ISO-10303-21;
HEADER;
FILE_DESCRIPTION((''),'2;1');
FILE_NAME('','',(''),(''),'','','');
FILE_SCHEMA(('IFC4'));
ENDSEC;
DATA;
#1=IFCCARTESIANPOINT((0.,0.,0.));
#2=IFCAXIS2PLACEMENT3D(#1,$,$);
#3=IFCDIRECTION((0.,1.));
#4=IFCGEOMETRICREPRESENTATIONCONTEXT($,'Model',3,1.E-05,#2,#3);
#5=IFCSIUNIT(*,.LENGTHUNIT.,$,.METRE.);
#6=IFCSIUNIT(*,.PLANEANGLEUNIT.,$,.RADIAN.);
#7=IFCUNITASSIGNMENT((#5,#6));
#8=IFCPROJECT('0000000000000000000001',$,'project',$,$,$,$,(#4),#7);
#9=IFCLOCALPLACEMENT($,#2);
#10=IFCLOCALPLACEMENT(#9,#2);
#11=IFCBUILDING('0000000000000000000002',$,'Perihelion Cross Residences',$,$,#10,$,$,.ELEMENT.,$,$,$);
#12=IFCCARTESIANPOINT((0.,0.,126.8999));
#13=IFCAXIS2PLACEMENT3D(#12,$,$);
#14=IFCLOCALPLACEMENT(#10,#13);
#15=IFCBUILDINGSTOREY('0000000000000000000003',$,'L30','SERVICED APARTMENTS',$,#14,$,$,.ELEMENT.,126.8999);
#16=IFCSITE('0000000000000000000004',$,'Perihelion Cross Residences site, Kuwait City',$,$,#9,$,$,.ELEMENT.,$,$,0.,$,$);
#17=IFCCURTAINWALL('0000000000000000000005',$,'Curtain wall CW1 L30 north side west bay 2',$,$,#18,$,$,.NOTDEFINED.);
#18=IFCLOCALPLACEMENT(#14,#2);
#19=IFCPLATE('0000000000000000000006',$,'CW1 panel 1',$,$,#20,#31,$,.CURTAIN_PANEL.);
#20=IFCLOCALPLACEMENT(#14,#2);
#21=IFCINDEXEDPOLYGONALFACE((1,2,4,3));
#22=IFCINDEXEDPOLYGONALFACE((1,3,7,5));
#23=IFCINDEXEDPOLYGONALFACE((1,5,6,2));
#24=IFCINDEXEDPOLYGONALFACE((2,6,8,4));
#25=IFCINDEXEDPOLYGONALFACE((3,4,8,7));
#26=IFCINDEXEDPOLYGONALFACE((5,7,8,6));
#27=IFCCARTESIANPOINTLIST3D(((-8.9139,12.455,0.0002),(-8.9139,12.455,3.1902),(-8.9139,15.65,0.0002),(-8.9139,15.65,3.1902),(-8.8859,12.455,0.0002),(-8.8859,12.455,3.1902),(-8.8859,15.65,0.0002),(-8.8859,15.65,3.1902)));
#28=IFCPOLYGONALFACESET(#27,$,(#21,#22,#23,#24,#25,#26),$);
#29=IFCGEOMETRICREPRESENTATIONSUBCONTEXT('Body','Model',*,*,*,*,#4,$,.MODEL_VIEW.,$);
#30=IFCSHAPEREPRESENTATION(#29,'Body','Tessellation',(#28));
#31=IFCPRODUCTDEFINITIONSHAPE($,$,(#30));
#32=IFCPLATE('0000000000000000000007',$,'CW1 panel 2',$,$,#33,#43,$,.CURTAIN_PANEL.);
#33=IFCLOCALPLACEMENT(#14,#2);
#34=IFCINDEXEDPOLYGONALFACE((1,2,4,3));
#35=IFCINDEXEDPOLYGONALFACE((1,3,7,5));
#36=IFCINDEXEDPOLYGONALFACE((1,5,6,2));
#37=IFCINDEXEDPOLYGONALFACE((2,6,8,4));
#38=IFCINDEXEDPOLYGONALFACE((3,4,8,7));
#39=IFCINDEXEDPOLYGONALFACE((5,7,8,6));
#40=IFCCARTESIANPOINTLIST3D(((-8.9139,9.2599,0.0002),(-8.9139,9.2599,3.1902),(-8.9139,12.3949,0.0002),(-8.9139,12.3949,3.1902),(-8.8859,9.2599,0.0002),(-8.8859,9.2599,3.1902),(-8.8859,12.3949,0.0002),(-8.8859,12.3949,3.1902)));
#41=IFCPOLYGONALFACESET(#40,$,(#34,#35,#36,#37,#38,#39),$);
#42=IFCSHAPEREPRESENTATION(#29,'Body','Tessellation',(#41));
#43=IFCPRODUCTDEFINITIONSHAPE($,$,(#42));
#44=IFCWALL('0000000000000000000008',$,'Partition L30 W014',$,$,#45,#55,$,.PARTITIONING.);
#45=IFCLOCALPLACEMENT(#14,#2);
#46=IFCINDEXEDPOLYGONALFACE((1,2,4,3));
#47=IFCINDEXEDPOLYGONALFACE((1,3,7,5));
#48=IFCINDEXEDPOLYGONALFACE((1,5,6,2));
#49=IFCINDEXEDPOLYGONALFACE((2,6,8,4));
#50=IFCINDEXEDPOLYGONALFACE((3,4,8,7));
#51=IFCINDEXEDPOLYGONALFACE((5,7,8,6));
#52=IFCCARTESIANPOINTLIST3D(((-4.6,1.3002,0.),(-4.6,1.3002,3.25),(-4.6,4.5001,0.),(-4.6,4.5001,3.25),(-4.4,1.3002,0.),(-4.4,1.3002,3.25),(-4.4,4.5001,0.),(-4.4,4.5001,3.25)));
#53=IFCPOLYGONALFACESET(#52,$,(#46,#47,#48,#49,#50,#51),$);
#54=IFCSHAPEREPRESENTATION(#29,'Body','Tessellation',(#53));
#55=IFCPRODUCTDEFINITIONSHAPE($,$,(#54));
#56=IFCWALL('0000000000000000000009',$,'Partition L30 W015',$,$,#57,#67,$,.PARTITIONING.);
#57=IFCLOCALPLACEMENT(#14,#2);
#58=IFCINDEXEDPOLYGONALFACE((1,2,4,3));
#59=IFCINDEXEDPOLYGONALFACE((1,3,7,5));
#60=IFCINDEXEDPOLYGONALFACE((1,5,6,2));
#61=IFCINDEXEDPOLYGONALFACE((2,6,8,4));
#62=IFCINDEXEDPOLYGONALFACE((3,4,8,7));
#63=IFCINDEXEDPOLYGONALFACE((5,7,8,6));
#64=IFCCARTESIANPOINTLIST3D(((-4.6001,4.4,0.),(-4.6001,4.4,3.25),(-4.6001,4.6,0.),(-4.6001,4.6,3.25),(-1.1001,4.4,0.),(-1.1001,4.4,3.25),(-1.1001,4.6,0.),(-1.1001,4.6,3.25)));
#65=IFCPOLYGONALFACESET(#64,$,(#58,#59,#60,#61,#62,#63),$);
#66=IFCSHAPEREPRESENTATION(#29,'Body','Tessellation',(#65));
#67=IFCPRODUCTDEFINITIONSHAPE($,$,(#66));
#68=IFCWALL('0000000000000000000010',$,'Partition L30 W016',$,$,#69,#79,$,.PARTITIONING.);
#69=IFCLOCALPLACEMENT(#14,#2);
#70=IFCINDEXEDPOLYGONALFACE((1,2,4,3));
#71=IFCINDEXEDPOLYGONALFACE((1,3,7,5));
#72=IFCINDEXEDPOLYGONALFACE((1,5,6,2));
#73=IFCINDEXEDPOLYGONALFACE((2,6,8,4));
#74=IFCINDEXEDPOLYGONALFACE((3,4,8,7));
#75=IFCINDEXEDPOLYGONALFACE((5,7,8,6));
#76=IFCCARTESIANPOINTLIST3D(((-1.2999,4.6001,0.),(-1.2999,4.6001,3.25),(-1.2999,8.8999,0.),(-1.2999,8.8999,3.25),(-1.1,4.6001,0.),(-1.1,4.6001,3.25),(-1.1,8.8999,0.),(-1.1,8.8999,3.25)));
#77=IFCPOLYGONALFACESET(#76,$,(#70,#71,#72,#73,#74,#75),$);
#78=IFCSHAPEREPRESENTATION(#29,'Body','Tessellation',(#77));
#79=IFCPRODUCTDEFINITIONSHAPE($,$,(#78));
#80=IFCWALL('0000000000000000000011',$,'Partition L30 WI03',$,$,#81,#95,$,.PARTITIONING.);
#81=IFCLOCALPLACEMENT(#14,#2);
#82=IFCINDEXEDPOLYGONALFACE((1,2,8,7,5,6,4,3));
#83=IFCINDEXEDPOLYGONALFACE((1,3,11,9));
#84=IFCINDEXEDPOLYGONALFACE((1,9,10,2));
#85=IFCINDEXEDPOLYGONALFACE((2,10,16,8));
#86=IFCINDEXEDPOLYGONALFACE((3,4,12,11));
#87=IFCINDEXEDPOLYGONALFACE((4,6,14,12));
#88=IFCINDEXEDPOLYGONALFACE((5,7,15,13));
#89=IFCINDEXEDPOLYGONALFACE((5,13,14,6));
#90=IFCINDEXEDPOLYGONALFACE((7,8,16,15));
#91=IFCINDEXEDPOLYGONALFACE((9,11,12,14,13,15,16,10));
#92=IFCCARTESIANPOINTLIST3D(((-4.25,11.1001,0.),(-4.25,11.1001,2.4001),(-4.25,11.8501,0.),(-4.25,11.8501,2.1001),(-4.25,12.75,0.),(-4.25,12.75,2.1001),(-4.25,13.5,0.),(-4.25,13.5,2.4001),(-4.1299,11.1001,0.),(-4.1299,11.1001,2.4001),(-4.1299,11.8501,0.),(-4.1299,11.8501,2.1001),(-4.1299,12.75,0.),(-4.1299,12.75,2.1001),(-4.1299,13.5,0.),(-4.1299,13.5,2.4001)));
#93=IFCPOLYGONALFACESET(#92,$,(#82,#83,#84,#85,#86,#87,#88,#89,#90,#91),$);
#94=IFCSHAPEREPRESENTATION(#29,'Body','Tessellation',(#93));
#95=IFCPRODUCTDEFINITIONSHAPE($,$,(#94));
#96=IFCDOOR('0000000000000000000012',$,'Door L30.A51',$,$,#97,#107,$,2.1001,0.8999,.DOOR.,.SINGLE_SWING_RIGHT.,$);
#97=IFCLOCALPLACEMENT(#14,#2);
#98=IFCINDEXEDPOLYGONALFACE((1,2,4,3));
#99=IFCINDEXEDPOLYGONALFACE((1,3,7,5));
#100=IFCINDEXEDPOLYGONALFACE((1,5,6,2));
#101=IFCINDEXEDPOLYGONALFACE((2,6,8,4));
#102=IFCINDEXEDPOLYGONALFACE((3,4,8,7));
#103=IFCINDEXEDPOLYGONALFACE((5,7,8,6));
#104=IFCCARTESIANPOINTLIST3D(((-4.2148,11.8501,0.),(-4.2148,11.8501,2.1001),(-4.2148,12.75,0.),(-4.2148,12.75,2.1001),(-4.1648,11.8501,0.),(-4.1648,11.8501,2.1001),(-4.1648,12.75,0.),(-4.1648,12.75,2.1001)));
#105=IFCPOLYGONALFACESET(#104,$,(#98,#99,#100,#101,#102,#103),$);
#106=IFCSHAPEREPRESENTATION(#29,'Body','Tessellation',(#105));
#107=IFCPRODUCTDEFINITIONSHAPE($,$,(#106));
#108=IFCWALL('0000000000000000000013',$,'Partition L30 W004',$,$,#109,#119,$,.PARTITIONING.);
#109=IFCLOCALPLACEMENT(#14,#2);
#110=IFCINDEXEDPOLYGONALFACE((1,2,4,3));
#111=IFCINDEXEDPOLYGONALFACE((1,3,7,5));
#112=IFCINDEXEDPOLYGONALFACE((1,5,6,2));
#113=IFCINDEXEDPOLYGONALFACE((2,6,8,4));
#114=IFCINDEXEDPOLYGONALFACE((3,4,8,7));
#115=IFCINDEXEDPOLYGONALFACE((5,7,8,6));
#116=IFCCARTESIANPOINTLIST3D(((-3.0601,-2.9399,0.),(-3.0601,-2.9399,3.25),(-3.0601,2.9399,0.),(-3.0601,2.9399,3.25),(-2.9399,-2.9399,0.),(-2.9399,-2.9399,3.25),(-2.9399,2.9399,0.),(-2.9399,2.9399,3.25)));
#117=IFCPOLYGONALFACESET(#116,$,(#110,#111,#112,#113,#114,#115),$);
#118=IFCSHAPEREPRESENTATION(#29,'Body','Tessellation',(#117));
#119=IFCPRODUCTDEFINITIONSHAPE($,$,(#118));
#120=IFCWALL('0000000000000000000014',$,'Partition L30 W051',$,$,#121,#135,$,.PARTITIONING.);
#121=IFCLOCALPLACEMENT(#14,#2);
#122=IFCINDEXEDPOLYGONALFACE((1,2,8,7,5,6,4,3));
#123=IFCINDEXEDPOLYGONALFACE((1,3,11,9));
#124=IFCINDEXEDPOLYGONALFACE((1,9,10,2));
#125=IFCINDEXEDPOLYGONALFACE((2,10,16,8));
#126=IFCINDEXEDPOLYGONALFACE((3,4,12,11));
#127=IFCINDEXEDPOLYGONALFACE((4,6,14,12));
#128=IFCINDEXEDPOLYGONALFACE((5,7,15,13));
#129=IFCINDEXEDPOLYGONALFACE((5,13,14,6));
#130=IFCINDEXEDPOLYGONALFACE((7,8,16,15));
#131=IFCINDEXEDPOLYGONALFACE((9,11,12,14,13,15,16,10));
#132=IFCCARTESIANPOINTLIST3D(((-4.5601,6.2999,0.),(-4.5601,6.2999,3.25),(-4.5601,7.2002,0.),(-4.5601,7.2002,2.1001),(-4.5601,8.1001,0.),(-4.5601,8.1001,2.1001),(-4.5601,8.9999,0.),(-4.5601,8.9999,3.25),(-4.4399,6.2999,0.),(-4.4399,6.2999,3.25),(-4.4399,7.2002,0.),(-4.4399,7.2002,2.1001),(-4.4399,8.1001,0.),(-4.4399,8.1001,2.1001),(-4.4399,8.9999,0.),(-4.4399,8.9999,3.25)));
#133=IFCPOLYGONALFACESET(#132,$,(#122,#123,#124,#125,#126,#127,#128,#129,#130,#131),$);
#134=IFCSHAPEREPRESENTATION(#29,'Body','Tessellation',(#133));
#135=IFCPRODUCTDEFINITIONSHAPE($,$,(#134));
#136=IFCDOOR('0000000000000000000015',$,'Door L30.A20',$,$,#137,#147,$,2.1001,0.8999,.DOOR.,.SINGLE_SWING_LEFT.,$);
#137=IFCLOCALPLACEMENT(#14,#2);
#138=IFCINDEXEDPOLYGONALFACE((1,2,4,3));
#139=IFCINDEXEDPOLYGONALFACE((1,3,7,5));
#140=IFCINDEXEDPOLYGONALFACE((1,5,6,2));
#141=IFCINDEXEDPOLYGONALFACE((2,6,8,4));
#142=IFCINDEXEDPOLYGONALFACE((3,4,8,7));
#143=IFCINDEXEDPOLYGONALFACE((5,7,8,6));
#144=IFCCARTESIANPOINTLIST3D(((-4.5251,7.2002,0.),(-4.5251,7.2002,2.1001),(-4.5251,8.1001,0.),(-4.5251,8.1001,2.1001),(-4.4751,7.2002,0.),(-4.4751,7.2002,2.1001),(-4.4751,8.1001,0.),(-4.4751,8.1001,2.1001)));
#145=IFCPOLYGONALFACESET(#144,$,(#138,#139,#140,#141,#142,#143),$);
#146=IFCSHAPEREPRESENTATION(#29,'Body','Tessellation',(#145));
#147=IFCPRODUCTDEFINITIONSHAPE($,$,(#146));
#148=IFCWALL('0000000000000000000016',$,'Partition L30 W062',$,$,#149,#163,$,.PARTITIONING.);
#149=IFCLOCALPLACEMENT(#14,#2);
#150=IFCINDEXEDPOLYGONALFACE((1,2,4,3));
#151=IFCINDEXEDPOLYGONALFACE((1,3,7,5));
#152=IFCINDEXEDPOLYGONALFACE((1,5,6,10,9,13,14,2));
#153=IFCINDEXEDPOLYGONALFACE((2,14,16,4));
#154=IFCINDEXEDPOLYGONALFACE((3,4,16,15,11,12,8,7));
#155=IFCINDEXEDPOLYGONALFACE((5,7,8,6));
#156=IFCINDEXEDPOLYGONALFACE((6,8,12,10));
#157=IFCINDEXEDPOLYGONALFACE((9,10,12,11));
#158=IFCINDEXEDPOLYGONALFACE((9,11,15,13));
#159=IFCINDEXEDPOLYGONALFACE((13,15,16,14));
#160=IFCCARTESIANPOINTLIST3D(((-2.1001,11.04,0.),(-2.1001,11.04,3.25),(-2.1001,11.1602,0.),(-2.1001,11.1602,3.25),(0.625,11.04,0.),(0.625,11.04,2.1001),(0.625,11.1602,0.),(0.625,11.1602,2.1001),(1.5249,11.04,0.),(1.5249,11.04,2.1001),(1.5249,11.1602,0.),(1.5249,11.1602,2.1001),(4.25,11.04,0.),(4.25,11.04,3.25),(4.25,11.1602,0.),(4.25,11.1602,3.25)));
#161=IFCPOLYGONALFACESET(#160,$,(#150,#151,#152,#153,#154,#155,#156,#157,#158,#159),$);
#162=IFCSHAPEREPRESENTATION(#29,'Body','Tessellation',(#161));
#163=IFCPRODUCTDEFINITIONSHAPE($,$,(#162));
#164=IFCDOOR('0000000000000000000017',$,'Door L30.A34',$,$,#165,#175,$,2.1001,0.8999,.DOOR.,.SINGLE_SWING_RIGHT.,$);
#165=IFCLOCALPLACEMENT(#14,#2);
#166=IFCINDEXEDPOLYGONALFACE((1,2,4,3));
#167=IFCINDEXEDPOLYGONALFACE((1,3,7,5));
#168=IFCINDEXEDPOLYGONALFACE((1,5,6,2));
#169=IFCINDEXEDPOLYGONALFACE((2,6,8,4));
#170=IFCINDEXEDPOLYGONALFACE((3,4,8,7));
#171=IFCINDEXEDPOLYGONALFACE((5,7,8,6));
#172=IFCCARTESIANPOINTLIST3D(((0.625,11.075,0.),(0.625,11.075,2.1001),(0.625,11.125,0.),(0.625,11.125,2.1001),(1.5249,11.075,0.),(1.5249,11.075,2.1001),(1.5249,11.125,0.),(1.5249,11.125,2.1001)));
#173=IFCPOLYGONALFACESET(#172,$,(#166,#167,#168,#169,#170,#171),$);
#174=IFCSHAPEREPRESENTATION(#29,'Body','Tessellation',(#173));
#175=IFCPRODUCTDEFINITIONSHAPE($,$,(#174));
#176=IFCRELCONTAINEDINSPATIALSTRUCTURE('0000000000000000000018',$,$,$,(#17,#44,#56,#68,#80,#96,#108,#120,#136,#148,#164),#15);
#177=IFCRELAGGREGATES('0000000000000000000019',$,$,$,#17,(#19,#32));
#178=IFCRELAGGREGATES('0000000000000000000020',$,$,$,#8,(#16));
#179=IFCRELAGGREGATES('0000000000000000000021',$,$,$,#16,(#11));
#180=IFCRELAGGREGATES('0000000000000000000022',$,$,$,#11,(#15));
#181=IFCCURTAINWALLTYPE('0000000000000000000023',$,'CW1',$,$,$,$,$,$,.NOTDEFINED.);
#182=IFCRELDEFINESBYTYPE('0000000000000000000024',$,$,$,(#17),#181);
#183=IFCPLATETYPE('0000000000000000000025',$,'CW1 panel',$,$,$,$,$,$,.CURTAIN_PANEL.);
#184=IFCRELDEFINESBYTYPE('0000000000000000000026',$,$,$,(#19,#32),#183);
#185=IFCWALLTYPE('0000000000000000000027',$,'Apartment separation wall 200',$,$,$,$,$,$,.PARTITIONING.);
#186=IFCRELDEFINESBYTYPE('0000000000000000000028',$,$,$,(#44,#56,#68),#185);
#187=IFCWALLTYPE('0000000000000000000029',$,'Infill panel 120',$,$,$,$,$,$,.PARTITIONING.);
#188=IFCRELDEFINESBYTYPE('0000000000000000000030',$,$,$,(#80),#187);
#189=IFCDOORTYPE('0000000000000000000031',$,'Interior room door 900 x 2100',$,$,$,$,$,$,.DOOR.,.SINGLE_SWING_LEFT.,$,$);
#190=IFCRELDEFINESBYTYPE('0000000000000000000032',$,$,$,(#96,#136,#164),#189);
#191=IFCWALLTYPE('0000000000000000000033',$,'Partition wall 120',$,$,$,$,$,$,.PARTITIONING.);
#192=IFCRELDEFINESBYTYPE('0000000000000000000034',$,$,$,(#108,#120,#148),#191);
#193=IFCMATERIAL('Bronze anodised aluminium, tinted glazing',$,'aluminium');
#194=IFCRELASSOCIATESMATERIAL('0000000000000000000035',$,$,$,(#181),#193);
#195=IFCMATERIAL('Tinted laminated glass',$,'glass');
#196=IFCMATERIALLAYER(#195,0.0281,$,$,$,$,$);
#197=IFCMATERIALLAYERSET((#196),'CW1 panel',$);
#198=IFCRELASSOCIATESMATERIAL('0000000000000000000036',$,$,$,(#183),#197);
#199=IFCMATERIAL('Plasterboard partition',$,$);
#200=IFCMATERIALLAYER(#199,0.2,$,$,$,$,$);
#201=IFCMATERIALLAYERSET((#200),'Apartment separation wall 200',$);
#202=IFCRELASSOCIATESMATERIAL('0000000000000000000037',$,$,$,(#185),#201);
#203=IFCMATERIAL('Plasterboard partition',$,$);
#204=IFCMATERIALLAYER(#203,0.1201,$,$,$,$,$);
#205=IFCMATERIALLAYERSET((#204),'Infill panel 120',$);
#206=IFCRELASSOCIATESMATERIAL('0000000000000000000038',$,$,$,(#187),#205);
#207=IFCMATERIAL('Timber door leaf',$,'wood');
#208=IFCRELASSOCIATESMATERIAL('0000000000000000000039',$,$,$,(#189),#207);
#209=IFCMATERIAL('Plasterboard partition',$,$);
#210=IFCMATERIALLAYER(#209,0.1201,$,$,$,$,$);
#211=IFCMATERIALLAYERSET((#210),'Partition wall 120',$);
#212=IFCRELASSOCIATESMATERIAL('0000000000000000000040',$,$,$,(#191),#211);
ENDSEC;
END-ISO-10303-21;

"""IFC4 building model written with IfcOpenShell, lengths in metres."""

from ifc_helpers import new_model, si_unit, direction, frame, frame_2d, origin, origin_2d, place, context, subcontext, project, spatial, rectangle, extrude, material, layer, layer_set, type_object, element, fill, aggregate, save


model = new_model("IFC4")

# Units and contexts
model_context = context("Model", 3, precision=1e-05, world=origin(), true_north=direction((0.0, 1.0)))
body_context = subcontext(model_context, "Body", "Model", "MODEL_VIEW")
ifc_project = project(units=[si_unit("LENGTHUNIT", "METRE"), si_unit("PLANEANGLEUNIT", "RADIAN")], contexts=[model_context])

# Site, building, storey
site_placement = place(None, origin())
site = spatial("IfcSite", under=ifc_project, at=site_placement, Name="Perihelion Cross Residences site, Kuwait City", CompositionType="ELEMENT", RefElevation=0.0)
building_placement = place(site_placement, origin())
building = spatial("IfcBuilding", under=site, at=building_placement, Name="Perihelion Cross Residences", CompositionType="ELEMENT")
storey_placement = place(building_placement, frame((0.0, 0.0, 126.8999)))
storey = spatial("IfcBuildingStorey", under=building, at=storey_placement, Name="L30", Description="SERVICED APARTMENTS", CompositionType="ELEMENT", Elevation=126.8999)

# Curtain wall
ifc_material_1 = material(Name="Bronze anodised aluminium, tinted glazing", Category="aluminium")
curtain_wall_type = type_object("IfcCurtainWallType", Name="CW1", PredefinedType="NOTDEFINED", material=ifc_material_1)
curtain_wall_placement = place(storey_placement, origin())
curtain_wall = element("IfcCurtainWall", 1, at=curtain_wall_placement, inside=storey, type_object=curtain_wall_type, Name="Curtain wall CW1 L30 north side west bay 2", PredefinedType="NOTDEFINED")

# Plates
ifc_material_2 = material(Name="Tinted laminated glass", Category="glass")
ifc_layer_1 = layer(ifc_material_2, 0.0281)
ifc_layer_set_1 = layer_set([ifc_layer_1], Name="CW1 panel")
plate_type = type_object("IfcPlateType", Name="CW1 panel", PredefinedType="CURTAIN_PANEL", material=ifc_layer_set_1)
plate_1_placement = place(storey_placement, frame((-8.8999, 14.0525, 0.0002), z_axis=(0.0, 0.0, 1.0), x_axis=(0.0, -1.0, 0.0)))
plate_1 = element("IfcPlate", 2, at=plate_1_placement, type_object=plate_type, Name="CW1 panel 1", PredefinedType="CURTAIN_PANEL", context=body_context, shape_type="SweptSolid", body=[
    extrude(rectangle(XDim=3.1951, YDim=0.0281, at=origin_2d()), origin(), (0.0, 0.0, 1.0), 3.1899),
])
plate_2_placement = place(storey_placement, frame((-8.8999, 10.8274, 0.0002), z_axis=(0.0, 0.0, 1.0), x_axis=(0.0, -1.0, 0.0)))
plate_2 = element("IfcPlate", 3, at=plate_2_placement, type_object=plate_type, Name="CW1 panel 2", PredefinedType="CURTAIN_PANEL", context=body_context, shape_type="SweptSolid", body=[
    extrude(rectangle(XDim=3.135, YDim=0.0281, at=origin_2d()), origin(), (0.0, 0.0, 1.0), 3.1899),
])
aggregate(curtain_wall, [plate_1, plate_2])

# Walls
ifc_material_3 = material(Name="Plasterboard partition")
ifc_layer_2 = layer(ifc_material_3, 0.2)
ifc_layer_set_2 = layer_set([ifc_layer_2], Name="Apartment separation wall 200")
wall_type_1 = type_object("IfcWallType", Name="Apartment separation wall 200", PredefinedType="PARTITIONING", material=ifc_layer_set_2)
wall_1_placement = place(storey_placement, frame((-4.5, 1.3, 0.0), z_axis=(0.0, 0.0, 1.0), x_axis=(0.0, 1.0, 0.0)))
element("IfcWall", 4, at=wall_1_placement, inside=storey, type_object=wall_type_1, Name="Partition L30 W014", PredefinedType="PARTITIONING", context=body_context, shape_type="SweptSolid", body=[
    extrude(rectangle(XDim=3.2, YDim=0.2, at=frame_2d((1.6001, 0.0))), origin(), (0.0, 0.0, 1.0), 3.25),
])
wall_2_placement = place(storey_placement, frame((-4.6001, 4.5, 0.0), z_axis=(0.0, 0.0, 1.0), x_axis=(1.0, 0.0, 0.0)))
element("IfcWall", 5, at=wall_2_placement, inside=storey, type_object=wall_type_1, Name="Partition L30 W015", PredefinedType="PARTITIONING", context=body_context, shape_type="SweptSolid", body=[
    extrude(rectangle(XDim=3.5, YDim=0.2, at=frame_2d((1.75, 0.0))), origin(), (0.0, 0.0, 1.0), 3.25),
])
wall_3_placement = place(storey_placement, frame((-1.2, 4.6001, 0.0), z_axis=(0.0, 0.0, 1.0), x_axis=(0.0, 1.0, 0.0)))
element("IfcWall", 6, at=wall_3_placement, inside=storey, type_object=wall_type_1, Name="Partition L30 W016", PredefinedType="PARTITIONING", context=body_context, shape_type="SweptSolid", body=[
    extrude(rectangle(XDim=4.2998, YDim=0.2, at=frame_2d((2.1499, 0.0))), origin(), (0.0, 0.0, 1.0), 3.25),
])

# Wall, opening, door
ifc_material_4 = material(Name="Plasterboard partition")
ifc_layer_3 = layer(ifc_material_4, 0.1201)
ifc_layer_set_3 = layer_set([ifc_layer_3], Name="Infill panel 120")
wall_type_2 = type_object("IfcWallType", Name="Infill panel 120", PredefinedType="PARTITIONING", material=ifc_layer_set_3)
wall_4_placement = place(storey_placement, frame((-4.1899, 11.1001, 0.0), z_axis=(0.0, 0.0, 1.0), x_axis=(0.0, 1.0, 0.0)))
wall_4 = element("IfcWall", 7, at=wall_4_placement, inside=storey, type_object=wall_type_2, Name="Partition L30 WI03", PredefinedType="PARTITIONING", context=body_context, shape_type="SweptSolid", body=[
    extrude(rectangle(XDim=2.3999, YDim=0.1201, at=frame_2d((1.2, 0.0))), origin(), (0.0, 0.0, 1.0), 2.4001),
])
opening_1_placement = place(wall_4_placement, frame((0.75, 0.0, 0.0)))
opening_1 = element("IfcOpeningElement", 8, at=opening_1_placement, cuts=wall_4, PredefinedType="OPENING", context=body_context, shape_type="SweptSolid", body=[
    extrude(rectangle(XDim=0.8999, YDim=2.1001, at=frame_2d((0.45, 1.05))), frame((0.0, 0.0701, 0.0), z_axis=(0.0, -1.0, 0.0), x_axis=(1.0, 0.0, 0.0)), (0.0, 0.0, 1.0), 0.1401),
])
ifc_material_5 = material(Name="Timber door leaf", Category="wood")
door_type_1 = type_object("IfcDoorType", Name="Interior room door 900 x 2100", OperationType="SINGLE_SWING_LEFT", PredefinedType="DOOR", material=ifc_material_5)
door_1_placement = place(opening_1_placement, origin())
door_1 = element("IfcDoor", 9, at=door_1_placement, inside=storey, type_object=door_type_1, Name="Door L30.A51", OperationType="SINGLE_SWING_RIGHT", OverallHeight=2.1001, OverallWidth=0.8999, PredefinedType="DOOR", context=body_context, shape_type="SweptSolid", body=[
    extrude(rectangle(XDim=0.8999, YDim=2.1001, at=frame_2d((0.45, 1.05))), frame((0.0, 0.0249, 0.0), z_axis=(0.0, -1.0, 0.0), x_axis=(1.0, 0.0, 0.0)), (0.0, 0.0, 1.0), 0.05),
])
fill(opening_1, door_1)

# Wall
ifc_material_6 = material(Name="Plasterboard partition")
ifc_layer_4 = layer(ifc_material_6, 0.1201)
ifc_layer_set_4 = layer_set([ifc_layer_4], Name="Partition wall 120")
wall_type_3 = type_object("IfcWallType", Name="Partition wall 120", PredefinedType="PARTITIONING", material=ifc_layer_set_4)
wall_5_placement = place(storey_placement, frame((-3.0, 2.9399, 0.0), z_axis=(0.0, 0.0, 1.0), x_axis=(0.0, -1.0, 0.0)))
element("IfcWall", 10, at=wall_5_placement, inside=storey, type_object=wall_type_3, Name="Partition L30 W004", PredefinedType="PARTITIONING", context=body_context, shape_type="SweptSolid", body=[
    extrude(rectangle(XDim=5.8799, YDim=0.1201, at=frame_2d((2.9399, 0.0))), origin(), (0.0, 0.0, 1.0), 3.25),
])

# Walls, openings, doors
wall_6_placement = place(storey_placement, frame((-4.5, 9.0, 0.0), z_axis=(0.0, 0.0, 1.0), x_axis=(0.0, -1.0, 0.0)))
wall_6 = element("IfcWall", 11, at=wall_6_placement, inside=storey, type_object=wall_type_3, Name="Partition L30 W051", PredefinedType="PARTITIONING", context=body_context, shape_type="SweptSolid", body=[
    extrude(rectangle(XDim=2.7, YDim=0.1201, at=frame_2d((1.3501, 0.0))), origin(), (0.0, 0.0, 1.0), 3.25),
])
opening_2_placement = place(wall_6_placement, frame((0.8999, 0.0, 0.0)))
opening_2 = element("IfcOpeningElement", 12, at=opening_2_placement, cuts=wall_6, PredefinedType="OPENING", context=body_context, shape_type="SweptSolid", body=[
    extrude(rectangle(XDim=0.8999, YDim=2.1001, at=frame_2d((0.45, 1.05))), frame((0.0, 0.0701, 0.0), z_axis=(0.0, -1.0, 0.0), x_axis=(1.0, 0.0, 0.0)), (0.0, 0.0, 1.0), 0.1401),
])
door_2_placement = place(opening_2_placement, origin())
door_2 = element("IfcDoor", 13, at=door_2_placement, inside=storey, type_object=door_type_1, Name="Door L30.A20", OperationType="SINGLE_SWING_LEFT", OverallHeight=2.1001, OverallWidth=0.8999, PredefinedType="DOOR", context=body_context, shape_type="SweptSolid", body=[
    extrude(rectangle(XDim=0.8999, YDim=2.1001, at=frame_2d((0.45, 1.05))), frame((0.0, 0.0249, 0.0), z_axis=(0.0, -1.0, 0.0), x_axis=(1.0, 0.0, 0.0)), (0.0, 0.0, 1.0), 0.05),
])
fill(opening_2, door_2)
wall_7_placement = place(storey_placement, frame((-2.1001, 11.1001, 0.0), z_axis=(0.0, 0.0, 1.0), x_axis=(1.0, 0.0, 0.0)))
wall_7 = element("IfcWall", 14, at=wall_7_placement, inside=storey, type_object=wall_type_3, Name="Partition L30 W062", PredefinedType="PARTITIONING", context=body_context, shape_type="SweptSolid", body=[
    extrude(rectangle(XDim=6.3501, YDim=0.1201, at=frame_2d((3.175, 0.0))), origin(), (0.0, 0.0, 1.0), 3.25),
])
opening_3_placement = place(wall_7_placement, frame((2.7251, 0.0, 0.0)))
opening_3 = element("IfcOpeningElement", 15, at=opening_3_placement, cuts=wall_7, PredefinedType="OPENING", context=body_context, shape_type="SweptSolid", body=[
    extrude(rectangle(XDim=0.8999, YDim=2.1001, at=frame_2d((0.45, 1.05))), frame((0.0, 0.0701, 0.0), z_axis=(0.0, -1.0, 0.0), x_axis=(1.0, 0.0, 0.0)), (0.0, 0.0, 1.0), 0.1401),
])
door_3_placement = place(opening_3_placement, origin())
door_3 = element("IfcDoor", 16, at=door_3_placement, inside=storey, type_object=door_type_1, Name="Door L30.A34", OperationType="SINGLE_SWING_RIGHT", OverallHeight=2.1001, OverallWidth=0.8999, PredefinedType="DOOR", context=body_context, shape_type="SweptSolid", body=[
    extrude(rectangle(XDim=0.8999, YDim=2.1001, at=frame_2d((0.45, 1.05))), frame((0.0, 0.0249, 0.0), z_axis=(0.0, -1.0, 0.0), x_axis=(1.0, 0.0, 0.0)), (0.0, 0.0, 1.0), 0.05),
])
fill(opening_3, door_3)

save(model, "model.ifc")
